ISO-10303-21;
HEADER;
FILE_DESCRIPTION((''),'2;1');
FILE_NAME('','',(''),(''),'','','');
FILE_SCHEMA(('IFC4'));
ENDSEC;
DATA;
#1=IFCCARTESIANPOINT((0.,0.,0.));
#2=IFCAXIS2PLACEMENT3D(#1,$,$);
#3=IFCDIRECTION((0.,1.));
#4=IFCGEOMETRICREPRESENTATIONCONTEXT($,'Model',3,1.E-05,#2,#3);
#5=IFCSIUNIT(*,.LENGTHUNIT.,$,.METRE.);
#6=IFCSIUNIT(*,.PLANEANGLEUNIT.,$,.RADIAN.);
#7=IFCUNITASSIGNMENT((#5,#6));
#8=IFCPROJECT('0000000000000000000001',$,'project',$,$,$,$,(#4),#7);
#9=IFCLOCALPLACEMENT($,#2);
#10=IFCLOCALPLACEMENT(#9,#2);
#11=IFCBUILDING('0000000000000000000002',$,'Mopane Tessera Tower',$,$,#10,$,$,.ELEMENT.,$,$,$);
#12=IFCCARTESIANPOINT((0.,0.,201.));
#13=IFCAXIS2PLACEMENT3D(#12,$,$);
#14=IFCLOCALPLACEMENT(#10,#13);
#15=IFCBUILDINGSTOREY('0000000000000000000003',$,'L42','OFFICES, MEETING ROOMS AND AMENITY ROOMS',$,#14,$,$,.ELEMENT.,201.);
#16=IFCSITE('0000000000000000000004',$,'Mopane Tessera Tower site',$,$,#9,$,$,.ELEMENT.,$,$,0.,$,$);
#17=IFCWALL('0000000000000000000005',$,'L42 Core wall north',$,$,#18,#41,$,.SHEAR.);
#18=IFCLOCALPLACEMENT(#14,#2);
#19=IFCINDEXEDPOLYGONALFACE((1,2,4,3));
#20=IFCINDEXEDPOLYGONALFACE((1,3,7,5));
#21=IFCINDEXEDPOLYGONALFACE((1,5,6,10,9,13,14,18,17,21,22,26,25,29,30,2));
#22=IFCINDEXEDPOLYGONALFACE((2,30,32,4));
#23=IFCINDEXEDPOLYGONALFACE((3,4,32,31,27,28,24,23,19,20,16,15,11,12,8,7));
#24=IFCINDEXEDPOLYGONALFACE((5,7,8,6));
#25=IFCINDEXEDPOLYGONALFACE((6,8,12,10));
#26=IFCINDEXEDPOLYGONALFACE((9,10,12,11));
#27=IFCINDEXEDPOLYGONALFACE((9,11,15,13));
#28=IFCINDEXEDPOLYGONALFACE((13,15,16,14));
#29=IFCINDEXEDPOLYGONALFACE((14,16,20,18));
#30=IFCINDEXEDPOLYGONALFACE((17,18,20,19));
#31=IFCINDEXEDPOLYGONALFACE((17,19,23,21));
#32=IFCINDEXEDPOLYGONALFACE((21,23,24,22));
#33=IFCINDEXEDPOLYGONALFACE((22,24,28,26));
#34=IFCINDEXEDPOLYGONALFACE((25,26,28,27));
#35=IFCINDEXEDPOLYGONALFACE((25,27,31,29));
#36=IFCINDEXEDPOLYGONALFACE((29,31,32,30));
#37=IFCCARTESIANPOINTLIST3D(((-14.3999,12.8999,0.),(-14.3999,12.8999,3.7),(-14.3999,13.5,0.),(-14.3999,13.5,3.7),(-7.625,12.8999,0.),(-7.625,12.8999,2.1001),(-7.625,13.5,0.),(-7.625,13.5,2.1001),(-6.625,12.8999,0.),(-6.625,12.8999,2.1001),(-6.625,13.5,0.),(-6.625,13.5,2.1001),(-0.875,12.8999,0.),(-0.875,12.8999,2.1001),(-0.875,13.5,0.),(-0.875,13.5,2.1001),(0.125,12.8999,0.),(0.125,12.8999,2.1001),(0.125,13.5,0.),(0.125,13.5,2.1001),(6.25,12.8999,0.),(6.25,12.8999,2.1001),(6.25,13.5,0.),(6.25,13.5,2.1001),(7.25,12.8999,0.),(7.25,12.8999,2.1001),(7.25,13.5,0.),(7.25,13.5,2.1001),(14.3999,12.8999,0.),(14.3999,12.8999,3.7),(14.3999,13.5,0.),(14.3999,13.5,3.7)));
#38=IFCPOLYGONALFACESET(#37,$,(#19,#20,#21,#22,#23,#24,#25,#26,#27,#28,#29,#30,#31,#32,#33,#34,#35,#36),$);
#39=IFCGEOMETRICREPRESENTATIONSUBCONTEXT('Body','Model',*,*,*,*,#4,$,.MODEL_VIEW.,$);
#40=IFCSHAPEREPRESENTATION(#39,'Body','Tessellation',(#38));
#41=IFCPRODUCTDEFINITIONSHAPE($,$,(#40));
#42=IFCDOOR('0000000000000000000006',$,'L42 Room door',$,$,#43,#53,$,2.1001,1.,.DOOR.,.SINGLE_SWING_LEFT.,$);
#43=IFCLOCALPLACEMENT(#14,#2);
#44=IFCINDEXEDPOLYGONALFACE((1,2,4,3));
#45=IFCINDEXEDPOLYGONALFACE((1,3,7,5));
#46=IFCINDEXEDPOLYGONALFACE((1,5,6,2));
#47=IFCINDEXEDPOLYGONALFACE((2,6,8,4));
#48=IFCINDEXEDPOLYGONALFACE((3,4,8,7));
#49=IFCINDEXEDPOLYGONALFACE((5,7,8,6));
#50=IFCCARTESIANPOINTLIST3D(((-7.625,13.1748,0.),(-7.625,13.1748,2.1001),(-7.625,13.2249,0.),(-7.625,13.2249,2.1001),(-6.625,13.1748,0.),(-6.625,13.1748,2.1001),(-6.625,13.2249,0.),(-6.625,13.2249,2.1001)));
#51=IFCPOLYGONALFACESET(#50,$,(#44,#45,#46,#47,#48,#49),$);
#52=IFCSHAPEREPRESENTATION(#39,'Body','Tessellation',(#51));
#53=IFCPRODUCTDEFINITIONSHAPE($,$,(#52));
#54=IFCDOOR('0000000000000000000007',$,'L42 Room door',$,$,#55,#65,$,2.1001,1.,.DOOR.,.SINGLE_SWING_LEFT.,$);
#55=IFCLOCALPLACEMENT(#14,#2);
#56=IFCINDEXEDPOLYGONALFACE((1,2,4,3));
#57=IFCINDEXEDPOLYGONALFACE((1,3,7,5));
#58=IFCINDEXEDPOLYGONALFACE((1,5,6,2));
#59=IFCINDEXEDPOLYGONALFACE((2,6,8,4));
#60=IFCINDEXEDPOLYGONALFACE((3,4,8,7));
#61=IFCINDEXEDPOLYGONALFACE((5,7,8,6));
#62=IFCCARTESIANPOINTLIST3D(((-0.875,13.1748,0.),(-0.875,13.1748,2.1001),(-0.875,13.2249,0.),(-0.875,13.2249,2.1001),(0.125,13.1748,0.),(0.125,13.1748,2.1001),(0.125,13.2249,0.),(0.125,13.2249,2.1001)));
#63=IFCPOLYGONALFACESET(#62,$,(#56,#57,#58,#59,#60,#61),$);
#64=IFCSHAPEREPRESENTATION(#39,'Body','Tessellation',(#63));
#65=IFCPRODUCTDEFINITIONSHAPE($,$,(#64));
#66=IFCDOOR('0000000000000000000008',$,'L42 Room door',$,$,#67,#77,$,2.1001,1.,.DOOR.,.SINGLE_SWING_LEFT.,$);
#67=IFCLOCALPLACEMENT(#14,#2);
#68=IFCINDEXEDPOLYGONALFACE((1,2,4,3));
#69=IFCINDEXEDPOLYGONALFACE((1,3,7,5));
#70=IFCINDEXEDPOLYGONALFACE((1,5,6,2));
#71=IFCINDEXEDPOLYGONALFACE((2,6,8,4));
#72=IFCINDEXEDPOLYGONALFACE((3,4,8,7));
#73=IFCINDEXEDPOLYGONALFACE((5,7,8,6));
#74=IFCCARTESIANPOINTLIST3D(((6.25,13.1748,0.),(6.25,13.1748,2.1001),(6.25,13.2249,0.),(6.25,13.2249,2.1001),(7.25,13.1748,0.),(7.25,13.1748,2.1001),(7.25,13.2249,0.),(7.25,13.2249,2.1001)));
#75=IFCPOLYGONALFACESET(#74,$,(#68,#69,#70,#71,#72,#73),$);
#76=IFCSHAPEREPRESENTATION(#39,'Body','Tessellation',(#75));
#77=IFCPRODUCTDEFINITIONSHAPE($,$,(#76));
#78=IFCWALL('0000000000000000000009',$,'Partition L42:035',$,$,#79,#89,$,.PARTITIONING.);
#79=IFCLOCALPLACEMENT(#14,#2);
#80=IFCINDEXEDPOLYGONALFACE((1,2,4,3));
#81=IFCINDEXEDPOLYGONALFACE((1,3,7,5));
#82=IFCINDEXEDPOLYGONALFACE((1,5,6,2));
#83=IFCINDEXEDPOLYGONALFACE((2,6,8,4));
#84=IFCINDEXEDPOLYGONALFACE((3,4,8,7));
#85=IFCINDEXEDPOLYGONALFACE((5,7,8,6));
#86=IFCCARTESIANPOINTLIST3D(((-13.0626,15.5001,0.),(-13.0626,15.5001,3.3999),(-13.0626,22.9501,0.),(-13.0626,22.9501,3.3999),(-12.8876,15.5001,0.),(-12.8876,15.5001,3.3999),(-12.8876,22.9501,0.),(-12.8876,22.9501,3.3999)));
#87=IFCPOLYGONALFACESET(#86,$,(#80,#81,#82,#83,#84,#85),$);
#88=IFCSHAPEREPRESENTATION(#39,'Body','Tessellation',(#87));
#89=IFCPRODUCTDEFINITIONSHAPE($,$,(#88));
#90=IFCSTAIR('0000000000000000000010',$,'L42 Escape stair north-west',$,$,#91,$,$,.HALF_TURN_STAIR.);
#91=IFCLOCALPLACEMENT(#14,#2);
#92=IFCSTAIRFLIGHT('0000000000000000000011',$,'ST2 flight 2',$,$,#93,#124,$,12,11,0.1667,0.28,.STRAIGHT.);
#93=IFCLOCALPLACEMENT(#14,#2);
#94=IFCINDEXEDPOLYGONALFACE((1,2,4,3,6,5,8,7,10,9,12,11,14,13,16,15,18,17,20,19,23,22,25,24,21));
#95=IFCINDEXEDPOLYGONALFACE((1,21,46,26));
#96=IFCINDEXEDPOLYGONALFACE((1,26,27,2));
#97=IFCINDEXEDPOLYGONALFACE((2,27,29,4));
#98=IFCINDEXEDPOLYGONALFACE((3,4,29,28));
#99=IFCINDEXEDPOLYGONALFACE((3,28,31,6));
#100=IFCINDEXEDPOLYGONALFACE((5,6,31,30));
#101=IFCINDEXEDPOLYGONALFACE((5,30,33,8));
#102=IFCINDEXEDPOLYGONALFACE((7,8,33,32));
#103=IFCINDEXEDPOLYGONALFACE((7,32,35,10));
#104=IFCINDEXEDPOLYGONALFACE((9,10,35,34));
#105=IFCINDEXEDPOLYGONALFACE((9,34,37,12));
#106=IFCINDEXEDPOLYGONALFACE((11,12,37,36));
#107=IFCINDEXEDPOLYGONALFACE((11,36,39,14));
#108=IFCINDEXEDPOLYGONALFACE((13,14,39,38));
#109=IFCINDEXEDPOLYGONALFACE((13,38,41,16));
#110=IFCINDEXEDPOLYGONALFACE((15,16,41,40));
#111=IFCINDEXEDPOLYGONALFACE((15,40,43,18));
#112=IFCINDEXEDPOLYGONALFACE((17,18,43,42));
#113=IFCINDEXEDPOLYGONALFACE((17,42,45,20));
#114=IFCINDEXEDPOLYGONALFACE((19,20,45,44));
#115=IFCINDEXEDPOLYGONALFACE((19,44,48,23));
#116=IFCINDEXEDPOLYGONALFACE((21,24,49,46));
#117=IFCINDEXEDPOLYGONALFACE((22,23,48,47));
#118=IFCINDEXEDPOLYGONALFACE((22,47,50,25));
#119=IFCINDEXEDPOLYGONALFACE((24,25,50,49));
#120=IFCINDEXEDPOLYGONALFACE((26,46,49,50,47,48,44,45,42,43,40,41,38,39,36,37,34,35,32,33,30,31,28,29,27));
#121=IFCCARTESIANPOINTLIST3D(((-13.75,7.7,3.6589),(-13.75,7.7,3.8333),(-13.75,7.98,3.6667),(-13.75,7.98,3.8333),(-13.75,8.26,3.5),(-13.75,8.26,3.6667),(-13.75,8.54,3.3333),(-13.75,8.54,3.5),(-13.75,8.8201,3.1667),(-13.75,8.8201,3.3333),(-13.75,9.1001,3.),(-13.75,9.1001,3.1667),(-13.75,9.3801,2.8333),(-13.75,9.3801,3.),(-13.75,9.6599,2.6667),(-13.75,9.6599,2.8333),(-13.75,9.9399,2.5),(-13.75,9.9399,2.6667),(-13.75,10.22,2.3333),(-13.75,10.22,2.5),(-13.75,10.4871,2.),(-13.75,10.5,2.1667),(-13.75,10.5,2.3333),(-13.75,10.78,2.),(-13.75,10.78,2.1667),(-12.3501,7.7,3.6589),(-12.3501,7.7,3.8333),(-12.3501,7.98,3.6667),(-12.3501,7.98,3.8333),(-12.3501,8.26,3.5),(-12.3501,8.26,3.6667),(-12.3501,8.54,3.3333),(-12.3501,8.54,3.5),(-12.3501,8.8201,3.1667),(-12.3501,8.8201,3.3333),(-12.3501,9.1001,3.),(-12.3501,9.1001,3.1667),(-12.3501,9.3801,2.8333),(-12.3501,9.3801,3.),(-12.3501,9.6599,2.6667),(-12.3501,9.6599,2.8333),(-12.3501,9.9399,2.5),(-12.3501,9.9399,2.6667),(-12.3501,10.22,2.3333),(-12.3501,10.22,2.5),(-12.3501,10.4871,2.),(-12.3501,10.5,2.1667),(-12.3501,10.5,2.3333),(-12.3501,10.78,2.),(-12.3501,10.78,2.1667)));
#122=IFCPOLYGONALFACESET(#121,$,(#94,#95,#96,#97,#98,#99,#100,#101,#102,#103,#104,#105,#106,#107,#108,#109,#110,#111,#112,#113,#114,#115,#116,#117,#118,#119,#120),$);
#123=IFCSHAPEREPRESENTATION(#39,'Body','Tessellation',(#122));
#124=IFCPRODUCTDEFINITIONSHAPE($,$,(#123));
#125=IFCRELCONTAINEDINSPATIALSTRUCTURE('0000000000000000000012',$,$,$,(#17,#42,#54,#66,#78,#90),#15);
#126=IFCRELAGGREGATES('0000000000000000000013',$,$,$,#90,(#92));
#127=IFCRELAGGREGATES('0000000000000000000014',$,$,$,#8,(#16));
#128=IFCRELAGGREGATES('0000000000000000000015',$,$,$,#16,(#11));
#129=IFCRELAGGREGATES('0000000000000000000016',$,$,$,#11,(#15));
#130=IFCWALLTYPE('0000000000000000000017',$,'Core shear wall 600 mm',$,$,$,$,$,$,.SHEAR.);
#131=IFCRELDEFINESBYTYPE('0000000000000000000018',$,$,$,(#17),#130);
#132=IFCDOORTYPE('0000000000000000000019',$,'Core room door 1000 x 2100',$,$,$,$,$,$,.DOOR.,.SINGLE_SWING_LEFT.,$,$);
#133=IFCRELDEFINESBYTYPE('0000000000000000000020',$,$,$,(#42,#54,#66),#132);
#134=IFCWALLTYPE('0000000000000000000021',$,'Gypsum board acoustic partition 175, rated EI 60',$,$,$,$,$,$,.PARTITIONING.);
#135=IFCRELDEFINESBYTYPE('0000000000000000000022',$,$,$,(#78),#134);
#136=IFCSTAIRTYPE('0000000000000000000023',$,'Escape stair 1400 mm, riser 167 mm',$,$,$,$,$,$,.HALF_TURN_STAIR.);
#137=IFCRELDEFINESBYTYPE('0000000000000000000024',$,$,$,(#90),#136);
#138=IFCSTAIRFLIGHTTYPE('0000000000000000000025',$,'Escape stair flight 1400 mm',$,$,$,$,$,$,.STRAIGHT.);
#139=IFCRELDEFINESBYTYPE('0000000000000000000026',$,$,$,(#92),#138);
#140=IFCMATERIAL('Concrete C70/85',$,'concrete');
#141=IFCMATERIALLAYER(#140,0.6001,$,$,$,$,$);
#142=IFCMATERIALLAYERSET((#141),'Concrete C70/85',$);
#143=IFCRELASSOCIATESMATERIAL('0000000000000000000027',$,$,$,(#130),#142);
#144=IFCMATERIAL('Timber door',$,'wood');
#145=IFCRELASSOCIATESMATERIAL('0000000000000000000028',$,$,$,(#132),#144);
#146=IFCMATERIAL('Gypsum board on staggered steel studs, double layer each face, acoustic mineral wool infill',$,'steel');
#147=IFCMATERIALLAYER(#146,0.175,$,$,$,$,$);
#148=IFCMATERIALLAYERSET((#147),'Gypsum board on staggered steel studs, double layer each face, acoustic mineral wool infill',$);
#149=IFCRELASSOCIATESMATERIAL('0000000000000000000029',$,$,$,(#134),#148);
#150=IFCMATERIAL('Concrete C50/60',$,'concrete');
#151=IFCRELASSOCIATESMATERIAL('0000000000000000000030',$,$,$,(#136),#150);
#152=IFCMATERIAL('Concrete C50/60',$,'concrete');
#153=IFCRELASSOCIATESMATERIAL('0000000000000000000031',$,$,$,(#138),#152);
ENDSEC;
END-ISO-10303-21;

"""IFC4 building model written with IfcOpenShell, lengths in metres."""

from ifc_helpers import new_model, si_unit, direction, frame, frame_2d, origin, place, context, subcontext, project, spatial, polyline, rectangle, outline, extrude, material, layer, layer_set, type_object, element, fill, aggregate, save


model = new_model("IFC4")

# Units and contexts
model_context = context("Model", 3, precision=1e-05, world=origin(), true_north=direction((0.0, 1.0)))
body_context = subcontext(model_context, "Body", "Model", "MODEL_VIEW")
ifc_project = project(units=[si_unit("LENGTHUNIT", "METRE"), si_unit("PLANEANGLEUNIT", "RADIAN")], contexts=[model_context])

# Site, building, storey
site_placement = place(None, origin())
site = spatial("IfcSite", under=ifc_project, at=site_placement, Name="Mopane Tessera Tower site", CompositionType="ELEMENT", RefElevation=0.0)
building_placement = place(site_placement, origin())
building = spatial("IfcBuilding", under=site, at=building_placement, Name="Mopane Tessera Tower", CompositionType="ELEMENT")
storey_placement = place(building_placement, frame((0.0, 0.0, 201.0)))
storey = spatial("IfcBuildingStorey", under=building, at=storey_placement, Name="L42", Description="OFFICES, MEETING ROOMS AND AMENITY ROOMS", CompositionType="ELEMENT", Elevation=201.0)

# Wall, openings, doors
ifc_material_1 = material(Name="Concrete C70/85", Category="concrete")
ifc_layer_1 = layer(ifc_material_1, 0.6001)
ifc_layer_set_1 = layer_set([ifc_layer_1], Name="Concrete C70/85")
wall_type_1 = type_object("IfcWallType", Name="Core shear wall 600 mm", PredefinedType="SHEAR", material=ifc_layer_set_1)
wall_1_placement = place(storey_placement, frame((-14.3999, 13.2, 0.0), z_axis=(0.0, 0.0, 1.0), x_axis=(1.0, 0.0, 0.0)))
wall_1 = element("IfcWall", 1, at=wall_1_placement, inside=storey, type_object=wall_type_1, Name="L42 Core wall north", PredefinedType="SHEAR", context=body_context, shape_type="SweptSolid", body=[
    extrude(rectangle(XDim=28.7998, YDim=0.6001, at=frame_2d((14.3999, 0.0))), origin(), (0.0, 0.0, 1.0), 3.7),
])
opening_1_placement = place(wall_1_placement, frame((6.7749, 0.0, 0.0)))
opening_1 = element("IfcOpeningElement", 2, at=opening_1_placement, cuts=wall_1, PredefinedType="OPENING", context=body_context, shape_type="SweptSolid", body=[
    extrude(rectangle(XDim=1.0, YDim=2.1001, at=frame_2d((0.5, 1.05))), frame((0.0, 0.312, 0.0), z_axis=(0.0, -1.0, 0.0), x_axis=(1.0, 0.0, 0.0)), (0.0, 0.0, 1.0), 0.624),
])
opening_2_placement = place(wall_1_placement, frame((13.5249, 0.0, 0.0)))
opening_2 = element("IfcOpeningElement", 3, at=opening_2_placement, cuts=wall_1, PredefinedType="OPENING", context=body_context, shape_type="SweptSolid", body=[
    extrude(rectangle(XDim=1.0, YDim=2.1001, at=frame_2d((0.5, 1.05))), frame((0.0, 0.312, 0.0), z_axis=(0.0, -1.0, 0.0), x_axis=(1.0, 0.0, 0.0)), (0.0, 0.0, 1.0), 0.624),
])
opening_3_placement = place(wall_1_placement, frame((20.6499, 0.0, 0.0)))
opening_3 = element("IfcOpeningElement", 4, at=opening_3_placement, cuts=wall_1, PredefinedType="OPENING", context=body_context, shape_type="SweptSolid", body=[
    extrude(rectangle(XDim=1.0, YDim=2.1001, at=frame_2d((0.5, 1.05))), frame((0.0, 0.312, 0.0), z_axis=(0.0, -1.0, 0.0), x_axis=(1.0, 0.0, 0.0)), (0.0, 0.0, 1.0), 0.624),
])
ifc_material_2 = material(Name="Timber door", Category="wood")
door_type = type_object("IfcDoorType", Name="Core room door 1000 x 2100", OperationType="SINGLE_SWING_LEFT", PredefinedType="DOOR", material=ifc_material_2)
door_1_placement = place(opening_1_placement, origin())
door_1 = element("IfcDoor", 5, at=door_1_placement, inside=storey, type_object=door_type, Name="L42 Room door", OperationType="SINGLE_SWING_LEFT", OverallHeight=2.1001, OverallWidth=1.0, PredefinedType="DOOR", context=body_context, shape_type="SweptSolid", body=[
    extrude(rectangle(XDim=1.0, YDim=2.1001, at=frame_2d((0.5, 1.05))), frame((0.0, 0.0249, 0.0), z_axis=(0.0, -1.0, 0.0), x_axis=(1.0, 0.0, 0.0)), (0.0, 0.0, 1.0), 0.05),
])
fill(opening_1, door_1)
door_2_placement = place(opening_2_placement, origin())
door_2 = element("IfcDoor", 6, at=door_2_placement, inside=storey, type_object=door_type, Name="L42 Room door", OperationType="SINGLE_SWING_LEFT", OverallHeight=2.1001, OverallWidth=1.0, PredefinedType="DOOR", context=body_context, shape_type="SweptSolid", body=[
    extrude(rectangle(XDim=1.0, YDim=2.1001, at=frame_2d((0.5, 1.05))), frame((0.0, 0.0249, 0.0), z_axis=(0.0, -1.0, 0.0), x_axis=(1.0, 0.0, 0.0)), (0.0, 0.0, 1.0), 0.05),
])
fill(opening_2, door_2)
door_3_placement = place(opening_3_placement, origin())
door_3 = element("IfcDoor", 7, at=door_3_placement, inside=storey, type_object=door_type, Name="L42 Room door", OperationType="SINGLE_SWING_LEFT", OverallHeight=2.1001, OverallWidth=1.0, PredefinedType="DOOR", context=body_context, shape_type="SweptSolid", body=[
    extrude(rectangle(XDim=1.0, YDim=2.1001, at=frame_2d((0.5, 1.05))), frame((0.0, 0.0249, 0.0), z_axis=(0.0, -1.0, 0.0), x_axis=(1.0, 0.0, 0.0)), (0.0, 0.0, 1.0), 0.05),
])
fill(opening_3, door_3)

# Wall
ifc_material_3 = material(Name="Gypsum board on staggered steel studs, double layer each face, acoustic mineral wool infill", Category="steel")
ifc_layer_2 = layer(ifc_material_3, 0.175)
ifc_layer_set_2 = layer_set([ifc_layer_2], Name="Gypsum board on staggered steel studs, double layer each face, acoustic mineral wool infill")
wall_type_2 = type_object("IfcWallType", Name="Gypsum board acoustic partition 175, rated EI 60", PredefinedType="PARTITIONING", material=ifc_layer_set_2)
wall_2_placement = place(storey_placement, frame((-12.9751, 15.5, 0.0), z_axis=(0.0, 0.0, 1.0), x_axis=(0.0, 1.0, 0.0)))
element("IfcWall", 8, at=wall_2_placement, inside=storey, type_object=wall_type_2, Name="Partition L42:035", PredefinedType="PARTITIONING", context=body_context, shape_type="SweptSolid", body=[
    extrude(rectangle(XDim=7.45, YDim=0.175, at=frame_2d((3.7251, 0.0))), origin(), (0.0, 0.0, 1.0), 3.3999),
])

# Stair, stair flight
ifc_material_4 = material(Name="Concrete C50/60", Category="concrete")
stair_type = type_object("IfcStairType", Name="Escape stair 1400 mm, riser 167 mm", PredefinedType="HALF_TURN_STAIR", material=ifc_material_4)
stair_placement = place(storey_placement, origin())
stair = element("IfcStair", 9, at=stair_placement, inside=storey, type_object=stair_type, Name="L42 Escape stair north-west", PredefinedType="HALF_TURN_STAIR")
ifc_material_5 = material(Name="Concrete C50/60", Category="concrete")
stair_flight_type = type_object("IfcStairFlightType", Name="Escape stair flight 1400 mm", PredefinedType="STRAIGHT", material=ifc_material_5)
stair_flight_placement = place(storey_placement, frame((-13.05, 10.78, 2.0), z_axis=(0.0, 0.0, 1.0), x_axis=(0.0, -1.0, 0.0)))
stair_flight = element("IfcStairFlight", 10, at=stair_flight_placement, type_object=stair_flight_type, Name="ST2 flight 2", NumberOfRisers=12, NumberOfTreads=11, PredefinedType="STRAIGHT", RiserHeight=0.1667, TreadLength=0.28, context=body_context, shape_type="SweptSolid", body=[
    extrude(outline(polyline([(0.0, 0.0), (0.0, 0.1667), (0.28, 0.1667), (0.28, 0.3333), (0.5601, 0.3333), (0.5601, 0.5), (0.8401, 0.5), (0.8401, 0.6667), (1.1201, 0.6667), (1.1201, 0.8333), (1.3999, 0.8333), (1.3999, 1.0), (1.6799, 1.0), (1.6799, 1.1667), (1.96, 1.1667), (1.96, 1.3333), (2.24, 1.3333), (2.24, 1.5), (2.52, 1.5), (2.52, 1.6667), (2.8, 1.6667), (2.8, 1.8333), (3.0801, 1.8333), (3.0801, 2.0), (3.0801, 1.6589), (0.293, 0.0), (0.0, 0.0)])), frame((0.0, 0.7, 0.0), z_axis=(0.0, -1.0, 0.0), x_axis=(1.0, 0.0, 0.0)), (0.0, 0.0, 1.0), 1.3999),
])
aggregate(stair, [stair_flight])

save(model, "model.ifc")
